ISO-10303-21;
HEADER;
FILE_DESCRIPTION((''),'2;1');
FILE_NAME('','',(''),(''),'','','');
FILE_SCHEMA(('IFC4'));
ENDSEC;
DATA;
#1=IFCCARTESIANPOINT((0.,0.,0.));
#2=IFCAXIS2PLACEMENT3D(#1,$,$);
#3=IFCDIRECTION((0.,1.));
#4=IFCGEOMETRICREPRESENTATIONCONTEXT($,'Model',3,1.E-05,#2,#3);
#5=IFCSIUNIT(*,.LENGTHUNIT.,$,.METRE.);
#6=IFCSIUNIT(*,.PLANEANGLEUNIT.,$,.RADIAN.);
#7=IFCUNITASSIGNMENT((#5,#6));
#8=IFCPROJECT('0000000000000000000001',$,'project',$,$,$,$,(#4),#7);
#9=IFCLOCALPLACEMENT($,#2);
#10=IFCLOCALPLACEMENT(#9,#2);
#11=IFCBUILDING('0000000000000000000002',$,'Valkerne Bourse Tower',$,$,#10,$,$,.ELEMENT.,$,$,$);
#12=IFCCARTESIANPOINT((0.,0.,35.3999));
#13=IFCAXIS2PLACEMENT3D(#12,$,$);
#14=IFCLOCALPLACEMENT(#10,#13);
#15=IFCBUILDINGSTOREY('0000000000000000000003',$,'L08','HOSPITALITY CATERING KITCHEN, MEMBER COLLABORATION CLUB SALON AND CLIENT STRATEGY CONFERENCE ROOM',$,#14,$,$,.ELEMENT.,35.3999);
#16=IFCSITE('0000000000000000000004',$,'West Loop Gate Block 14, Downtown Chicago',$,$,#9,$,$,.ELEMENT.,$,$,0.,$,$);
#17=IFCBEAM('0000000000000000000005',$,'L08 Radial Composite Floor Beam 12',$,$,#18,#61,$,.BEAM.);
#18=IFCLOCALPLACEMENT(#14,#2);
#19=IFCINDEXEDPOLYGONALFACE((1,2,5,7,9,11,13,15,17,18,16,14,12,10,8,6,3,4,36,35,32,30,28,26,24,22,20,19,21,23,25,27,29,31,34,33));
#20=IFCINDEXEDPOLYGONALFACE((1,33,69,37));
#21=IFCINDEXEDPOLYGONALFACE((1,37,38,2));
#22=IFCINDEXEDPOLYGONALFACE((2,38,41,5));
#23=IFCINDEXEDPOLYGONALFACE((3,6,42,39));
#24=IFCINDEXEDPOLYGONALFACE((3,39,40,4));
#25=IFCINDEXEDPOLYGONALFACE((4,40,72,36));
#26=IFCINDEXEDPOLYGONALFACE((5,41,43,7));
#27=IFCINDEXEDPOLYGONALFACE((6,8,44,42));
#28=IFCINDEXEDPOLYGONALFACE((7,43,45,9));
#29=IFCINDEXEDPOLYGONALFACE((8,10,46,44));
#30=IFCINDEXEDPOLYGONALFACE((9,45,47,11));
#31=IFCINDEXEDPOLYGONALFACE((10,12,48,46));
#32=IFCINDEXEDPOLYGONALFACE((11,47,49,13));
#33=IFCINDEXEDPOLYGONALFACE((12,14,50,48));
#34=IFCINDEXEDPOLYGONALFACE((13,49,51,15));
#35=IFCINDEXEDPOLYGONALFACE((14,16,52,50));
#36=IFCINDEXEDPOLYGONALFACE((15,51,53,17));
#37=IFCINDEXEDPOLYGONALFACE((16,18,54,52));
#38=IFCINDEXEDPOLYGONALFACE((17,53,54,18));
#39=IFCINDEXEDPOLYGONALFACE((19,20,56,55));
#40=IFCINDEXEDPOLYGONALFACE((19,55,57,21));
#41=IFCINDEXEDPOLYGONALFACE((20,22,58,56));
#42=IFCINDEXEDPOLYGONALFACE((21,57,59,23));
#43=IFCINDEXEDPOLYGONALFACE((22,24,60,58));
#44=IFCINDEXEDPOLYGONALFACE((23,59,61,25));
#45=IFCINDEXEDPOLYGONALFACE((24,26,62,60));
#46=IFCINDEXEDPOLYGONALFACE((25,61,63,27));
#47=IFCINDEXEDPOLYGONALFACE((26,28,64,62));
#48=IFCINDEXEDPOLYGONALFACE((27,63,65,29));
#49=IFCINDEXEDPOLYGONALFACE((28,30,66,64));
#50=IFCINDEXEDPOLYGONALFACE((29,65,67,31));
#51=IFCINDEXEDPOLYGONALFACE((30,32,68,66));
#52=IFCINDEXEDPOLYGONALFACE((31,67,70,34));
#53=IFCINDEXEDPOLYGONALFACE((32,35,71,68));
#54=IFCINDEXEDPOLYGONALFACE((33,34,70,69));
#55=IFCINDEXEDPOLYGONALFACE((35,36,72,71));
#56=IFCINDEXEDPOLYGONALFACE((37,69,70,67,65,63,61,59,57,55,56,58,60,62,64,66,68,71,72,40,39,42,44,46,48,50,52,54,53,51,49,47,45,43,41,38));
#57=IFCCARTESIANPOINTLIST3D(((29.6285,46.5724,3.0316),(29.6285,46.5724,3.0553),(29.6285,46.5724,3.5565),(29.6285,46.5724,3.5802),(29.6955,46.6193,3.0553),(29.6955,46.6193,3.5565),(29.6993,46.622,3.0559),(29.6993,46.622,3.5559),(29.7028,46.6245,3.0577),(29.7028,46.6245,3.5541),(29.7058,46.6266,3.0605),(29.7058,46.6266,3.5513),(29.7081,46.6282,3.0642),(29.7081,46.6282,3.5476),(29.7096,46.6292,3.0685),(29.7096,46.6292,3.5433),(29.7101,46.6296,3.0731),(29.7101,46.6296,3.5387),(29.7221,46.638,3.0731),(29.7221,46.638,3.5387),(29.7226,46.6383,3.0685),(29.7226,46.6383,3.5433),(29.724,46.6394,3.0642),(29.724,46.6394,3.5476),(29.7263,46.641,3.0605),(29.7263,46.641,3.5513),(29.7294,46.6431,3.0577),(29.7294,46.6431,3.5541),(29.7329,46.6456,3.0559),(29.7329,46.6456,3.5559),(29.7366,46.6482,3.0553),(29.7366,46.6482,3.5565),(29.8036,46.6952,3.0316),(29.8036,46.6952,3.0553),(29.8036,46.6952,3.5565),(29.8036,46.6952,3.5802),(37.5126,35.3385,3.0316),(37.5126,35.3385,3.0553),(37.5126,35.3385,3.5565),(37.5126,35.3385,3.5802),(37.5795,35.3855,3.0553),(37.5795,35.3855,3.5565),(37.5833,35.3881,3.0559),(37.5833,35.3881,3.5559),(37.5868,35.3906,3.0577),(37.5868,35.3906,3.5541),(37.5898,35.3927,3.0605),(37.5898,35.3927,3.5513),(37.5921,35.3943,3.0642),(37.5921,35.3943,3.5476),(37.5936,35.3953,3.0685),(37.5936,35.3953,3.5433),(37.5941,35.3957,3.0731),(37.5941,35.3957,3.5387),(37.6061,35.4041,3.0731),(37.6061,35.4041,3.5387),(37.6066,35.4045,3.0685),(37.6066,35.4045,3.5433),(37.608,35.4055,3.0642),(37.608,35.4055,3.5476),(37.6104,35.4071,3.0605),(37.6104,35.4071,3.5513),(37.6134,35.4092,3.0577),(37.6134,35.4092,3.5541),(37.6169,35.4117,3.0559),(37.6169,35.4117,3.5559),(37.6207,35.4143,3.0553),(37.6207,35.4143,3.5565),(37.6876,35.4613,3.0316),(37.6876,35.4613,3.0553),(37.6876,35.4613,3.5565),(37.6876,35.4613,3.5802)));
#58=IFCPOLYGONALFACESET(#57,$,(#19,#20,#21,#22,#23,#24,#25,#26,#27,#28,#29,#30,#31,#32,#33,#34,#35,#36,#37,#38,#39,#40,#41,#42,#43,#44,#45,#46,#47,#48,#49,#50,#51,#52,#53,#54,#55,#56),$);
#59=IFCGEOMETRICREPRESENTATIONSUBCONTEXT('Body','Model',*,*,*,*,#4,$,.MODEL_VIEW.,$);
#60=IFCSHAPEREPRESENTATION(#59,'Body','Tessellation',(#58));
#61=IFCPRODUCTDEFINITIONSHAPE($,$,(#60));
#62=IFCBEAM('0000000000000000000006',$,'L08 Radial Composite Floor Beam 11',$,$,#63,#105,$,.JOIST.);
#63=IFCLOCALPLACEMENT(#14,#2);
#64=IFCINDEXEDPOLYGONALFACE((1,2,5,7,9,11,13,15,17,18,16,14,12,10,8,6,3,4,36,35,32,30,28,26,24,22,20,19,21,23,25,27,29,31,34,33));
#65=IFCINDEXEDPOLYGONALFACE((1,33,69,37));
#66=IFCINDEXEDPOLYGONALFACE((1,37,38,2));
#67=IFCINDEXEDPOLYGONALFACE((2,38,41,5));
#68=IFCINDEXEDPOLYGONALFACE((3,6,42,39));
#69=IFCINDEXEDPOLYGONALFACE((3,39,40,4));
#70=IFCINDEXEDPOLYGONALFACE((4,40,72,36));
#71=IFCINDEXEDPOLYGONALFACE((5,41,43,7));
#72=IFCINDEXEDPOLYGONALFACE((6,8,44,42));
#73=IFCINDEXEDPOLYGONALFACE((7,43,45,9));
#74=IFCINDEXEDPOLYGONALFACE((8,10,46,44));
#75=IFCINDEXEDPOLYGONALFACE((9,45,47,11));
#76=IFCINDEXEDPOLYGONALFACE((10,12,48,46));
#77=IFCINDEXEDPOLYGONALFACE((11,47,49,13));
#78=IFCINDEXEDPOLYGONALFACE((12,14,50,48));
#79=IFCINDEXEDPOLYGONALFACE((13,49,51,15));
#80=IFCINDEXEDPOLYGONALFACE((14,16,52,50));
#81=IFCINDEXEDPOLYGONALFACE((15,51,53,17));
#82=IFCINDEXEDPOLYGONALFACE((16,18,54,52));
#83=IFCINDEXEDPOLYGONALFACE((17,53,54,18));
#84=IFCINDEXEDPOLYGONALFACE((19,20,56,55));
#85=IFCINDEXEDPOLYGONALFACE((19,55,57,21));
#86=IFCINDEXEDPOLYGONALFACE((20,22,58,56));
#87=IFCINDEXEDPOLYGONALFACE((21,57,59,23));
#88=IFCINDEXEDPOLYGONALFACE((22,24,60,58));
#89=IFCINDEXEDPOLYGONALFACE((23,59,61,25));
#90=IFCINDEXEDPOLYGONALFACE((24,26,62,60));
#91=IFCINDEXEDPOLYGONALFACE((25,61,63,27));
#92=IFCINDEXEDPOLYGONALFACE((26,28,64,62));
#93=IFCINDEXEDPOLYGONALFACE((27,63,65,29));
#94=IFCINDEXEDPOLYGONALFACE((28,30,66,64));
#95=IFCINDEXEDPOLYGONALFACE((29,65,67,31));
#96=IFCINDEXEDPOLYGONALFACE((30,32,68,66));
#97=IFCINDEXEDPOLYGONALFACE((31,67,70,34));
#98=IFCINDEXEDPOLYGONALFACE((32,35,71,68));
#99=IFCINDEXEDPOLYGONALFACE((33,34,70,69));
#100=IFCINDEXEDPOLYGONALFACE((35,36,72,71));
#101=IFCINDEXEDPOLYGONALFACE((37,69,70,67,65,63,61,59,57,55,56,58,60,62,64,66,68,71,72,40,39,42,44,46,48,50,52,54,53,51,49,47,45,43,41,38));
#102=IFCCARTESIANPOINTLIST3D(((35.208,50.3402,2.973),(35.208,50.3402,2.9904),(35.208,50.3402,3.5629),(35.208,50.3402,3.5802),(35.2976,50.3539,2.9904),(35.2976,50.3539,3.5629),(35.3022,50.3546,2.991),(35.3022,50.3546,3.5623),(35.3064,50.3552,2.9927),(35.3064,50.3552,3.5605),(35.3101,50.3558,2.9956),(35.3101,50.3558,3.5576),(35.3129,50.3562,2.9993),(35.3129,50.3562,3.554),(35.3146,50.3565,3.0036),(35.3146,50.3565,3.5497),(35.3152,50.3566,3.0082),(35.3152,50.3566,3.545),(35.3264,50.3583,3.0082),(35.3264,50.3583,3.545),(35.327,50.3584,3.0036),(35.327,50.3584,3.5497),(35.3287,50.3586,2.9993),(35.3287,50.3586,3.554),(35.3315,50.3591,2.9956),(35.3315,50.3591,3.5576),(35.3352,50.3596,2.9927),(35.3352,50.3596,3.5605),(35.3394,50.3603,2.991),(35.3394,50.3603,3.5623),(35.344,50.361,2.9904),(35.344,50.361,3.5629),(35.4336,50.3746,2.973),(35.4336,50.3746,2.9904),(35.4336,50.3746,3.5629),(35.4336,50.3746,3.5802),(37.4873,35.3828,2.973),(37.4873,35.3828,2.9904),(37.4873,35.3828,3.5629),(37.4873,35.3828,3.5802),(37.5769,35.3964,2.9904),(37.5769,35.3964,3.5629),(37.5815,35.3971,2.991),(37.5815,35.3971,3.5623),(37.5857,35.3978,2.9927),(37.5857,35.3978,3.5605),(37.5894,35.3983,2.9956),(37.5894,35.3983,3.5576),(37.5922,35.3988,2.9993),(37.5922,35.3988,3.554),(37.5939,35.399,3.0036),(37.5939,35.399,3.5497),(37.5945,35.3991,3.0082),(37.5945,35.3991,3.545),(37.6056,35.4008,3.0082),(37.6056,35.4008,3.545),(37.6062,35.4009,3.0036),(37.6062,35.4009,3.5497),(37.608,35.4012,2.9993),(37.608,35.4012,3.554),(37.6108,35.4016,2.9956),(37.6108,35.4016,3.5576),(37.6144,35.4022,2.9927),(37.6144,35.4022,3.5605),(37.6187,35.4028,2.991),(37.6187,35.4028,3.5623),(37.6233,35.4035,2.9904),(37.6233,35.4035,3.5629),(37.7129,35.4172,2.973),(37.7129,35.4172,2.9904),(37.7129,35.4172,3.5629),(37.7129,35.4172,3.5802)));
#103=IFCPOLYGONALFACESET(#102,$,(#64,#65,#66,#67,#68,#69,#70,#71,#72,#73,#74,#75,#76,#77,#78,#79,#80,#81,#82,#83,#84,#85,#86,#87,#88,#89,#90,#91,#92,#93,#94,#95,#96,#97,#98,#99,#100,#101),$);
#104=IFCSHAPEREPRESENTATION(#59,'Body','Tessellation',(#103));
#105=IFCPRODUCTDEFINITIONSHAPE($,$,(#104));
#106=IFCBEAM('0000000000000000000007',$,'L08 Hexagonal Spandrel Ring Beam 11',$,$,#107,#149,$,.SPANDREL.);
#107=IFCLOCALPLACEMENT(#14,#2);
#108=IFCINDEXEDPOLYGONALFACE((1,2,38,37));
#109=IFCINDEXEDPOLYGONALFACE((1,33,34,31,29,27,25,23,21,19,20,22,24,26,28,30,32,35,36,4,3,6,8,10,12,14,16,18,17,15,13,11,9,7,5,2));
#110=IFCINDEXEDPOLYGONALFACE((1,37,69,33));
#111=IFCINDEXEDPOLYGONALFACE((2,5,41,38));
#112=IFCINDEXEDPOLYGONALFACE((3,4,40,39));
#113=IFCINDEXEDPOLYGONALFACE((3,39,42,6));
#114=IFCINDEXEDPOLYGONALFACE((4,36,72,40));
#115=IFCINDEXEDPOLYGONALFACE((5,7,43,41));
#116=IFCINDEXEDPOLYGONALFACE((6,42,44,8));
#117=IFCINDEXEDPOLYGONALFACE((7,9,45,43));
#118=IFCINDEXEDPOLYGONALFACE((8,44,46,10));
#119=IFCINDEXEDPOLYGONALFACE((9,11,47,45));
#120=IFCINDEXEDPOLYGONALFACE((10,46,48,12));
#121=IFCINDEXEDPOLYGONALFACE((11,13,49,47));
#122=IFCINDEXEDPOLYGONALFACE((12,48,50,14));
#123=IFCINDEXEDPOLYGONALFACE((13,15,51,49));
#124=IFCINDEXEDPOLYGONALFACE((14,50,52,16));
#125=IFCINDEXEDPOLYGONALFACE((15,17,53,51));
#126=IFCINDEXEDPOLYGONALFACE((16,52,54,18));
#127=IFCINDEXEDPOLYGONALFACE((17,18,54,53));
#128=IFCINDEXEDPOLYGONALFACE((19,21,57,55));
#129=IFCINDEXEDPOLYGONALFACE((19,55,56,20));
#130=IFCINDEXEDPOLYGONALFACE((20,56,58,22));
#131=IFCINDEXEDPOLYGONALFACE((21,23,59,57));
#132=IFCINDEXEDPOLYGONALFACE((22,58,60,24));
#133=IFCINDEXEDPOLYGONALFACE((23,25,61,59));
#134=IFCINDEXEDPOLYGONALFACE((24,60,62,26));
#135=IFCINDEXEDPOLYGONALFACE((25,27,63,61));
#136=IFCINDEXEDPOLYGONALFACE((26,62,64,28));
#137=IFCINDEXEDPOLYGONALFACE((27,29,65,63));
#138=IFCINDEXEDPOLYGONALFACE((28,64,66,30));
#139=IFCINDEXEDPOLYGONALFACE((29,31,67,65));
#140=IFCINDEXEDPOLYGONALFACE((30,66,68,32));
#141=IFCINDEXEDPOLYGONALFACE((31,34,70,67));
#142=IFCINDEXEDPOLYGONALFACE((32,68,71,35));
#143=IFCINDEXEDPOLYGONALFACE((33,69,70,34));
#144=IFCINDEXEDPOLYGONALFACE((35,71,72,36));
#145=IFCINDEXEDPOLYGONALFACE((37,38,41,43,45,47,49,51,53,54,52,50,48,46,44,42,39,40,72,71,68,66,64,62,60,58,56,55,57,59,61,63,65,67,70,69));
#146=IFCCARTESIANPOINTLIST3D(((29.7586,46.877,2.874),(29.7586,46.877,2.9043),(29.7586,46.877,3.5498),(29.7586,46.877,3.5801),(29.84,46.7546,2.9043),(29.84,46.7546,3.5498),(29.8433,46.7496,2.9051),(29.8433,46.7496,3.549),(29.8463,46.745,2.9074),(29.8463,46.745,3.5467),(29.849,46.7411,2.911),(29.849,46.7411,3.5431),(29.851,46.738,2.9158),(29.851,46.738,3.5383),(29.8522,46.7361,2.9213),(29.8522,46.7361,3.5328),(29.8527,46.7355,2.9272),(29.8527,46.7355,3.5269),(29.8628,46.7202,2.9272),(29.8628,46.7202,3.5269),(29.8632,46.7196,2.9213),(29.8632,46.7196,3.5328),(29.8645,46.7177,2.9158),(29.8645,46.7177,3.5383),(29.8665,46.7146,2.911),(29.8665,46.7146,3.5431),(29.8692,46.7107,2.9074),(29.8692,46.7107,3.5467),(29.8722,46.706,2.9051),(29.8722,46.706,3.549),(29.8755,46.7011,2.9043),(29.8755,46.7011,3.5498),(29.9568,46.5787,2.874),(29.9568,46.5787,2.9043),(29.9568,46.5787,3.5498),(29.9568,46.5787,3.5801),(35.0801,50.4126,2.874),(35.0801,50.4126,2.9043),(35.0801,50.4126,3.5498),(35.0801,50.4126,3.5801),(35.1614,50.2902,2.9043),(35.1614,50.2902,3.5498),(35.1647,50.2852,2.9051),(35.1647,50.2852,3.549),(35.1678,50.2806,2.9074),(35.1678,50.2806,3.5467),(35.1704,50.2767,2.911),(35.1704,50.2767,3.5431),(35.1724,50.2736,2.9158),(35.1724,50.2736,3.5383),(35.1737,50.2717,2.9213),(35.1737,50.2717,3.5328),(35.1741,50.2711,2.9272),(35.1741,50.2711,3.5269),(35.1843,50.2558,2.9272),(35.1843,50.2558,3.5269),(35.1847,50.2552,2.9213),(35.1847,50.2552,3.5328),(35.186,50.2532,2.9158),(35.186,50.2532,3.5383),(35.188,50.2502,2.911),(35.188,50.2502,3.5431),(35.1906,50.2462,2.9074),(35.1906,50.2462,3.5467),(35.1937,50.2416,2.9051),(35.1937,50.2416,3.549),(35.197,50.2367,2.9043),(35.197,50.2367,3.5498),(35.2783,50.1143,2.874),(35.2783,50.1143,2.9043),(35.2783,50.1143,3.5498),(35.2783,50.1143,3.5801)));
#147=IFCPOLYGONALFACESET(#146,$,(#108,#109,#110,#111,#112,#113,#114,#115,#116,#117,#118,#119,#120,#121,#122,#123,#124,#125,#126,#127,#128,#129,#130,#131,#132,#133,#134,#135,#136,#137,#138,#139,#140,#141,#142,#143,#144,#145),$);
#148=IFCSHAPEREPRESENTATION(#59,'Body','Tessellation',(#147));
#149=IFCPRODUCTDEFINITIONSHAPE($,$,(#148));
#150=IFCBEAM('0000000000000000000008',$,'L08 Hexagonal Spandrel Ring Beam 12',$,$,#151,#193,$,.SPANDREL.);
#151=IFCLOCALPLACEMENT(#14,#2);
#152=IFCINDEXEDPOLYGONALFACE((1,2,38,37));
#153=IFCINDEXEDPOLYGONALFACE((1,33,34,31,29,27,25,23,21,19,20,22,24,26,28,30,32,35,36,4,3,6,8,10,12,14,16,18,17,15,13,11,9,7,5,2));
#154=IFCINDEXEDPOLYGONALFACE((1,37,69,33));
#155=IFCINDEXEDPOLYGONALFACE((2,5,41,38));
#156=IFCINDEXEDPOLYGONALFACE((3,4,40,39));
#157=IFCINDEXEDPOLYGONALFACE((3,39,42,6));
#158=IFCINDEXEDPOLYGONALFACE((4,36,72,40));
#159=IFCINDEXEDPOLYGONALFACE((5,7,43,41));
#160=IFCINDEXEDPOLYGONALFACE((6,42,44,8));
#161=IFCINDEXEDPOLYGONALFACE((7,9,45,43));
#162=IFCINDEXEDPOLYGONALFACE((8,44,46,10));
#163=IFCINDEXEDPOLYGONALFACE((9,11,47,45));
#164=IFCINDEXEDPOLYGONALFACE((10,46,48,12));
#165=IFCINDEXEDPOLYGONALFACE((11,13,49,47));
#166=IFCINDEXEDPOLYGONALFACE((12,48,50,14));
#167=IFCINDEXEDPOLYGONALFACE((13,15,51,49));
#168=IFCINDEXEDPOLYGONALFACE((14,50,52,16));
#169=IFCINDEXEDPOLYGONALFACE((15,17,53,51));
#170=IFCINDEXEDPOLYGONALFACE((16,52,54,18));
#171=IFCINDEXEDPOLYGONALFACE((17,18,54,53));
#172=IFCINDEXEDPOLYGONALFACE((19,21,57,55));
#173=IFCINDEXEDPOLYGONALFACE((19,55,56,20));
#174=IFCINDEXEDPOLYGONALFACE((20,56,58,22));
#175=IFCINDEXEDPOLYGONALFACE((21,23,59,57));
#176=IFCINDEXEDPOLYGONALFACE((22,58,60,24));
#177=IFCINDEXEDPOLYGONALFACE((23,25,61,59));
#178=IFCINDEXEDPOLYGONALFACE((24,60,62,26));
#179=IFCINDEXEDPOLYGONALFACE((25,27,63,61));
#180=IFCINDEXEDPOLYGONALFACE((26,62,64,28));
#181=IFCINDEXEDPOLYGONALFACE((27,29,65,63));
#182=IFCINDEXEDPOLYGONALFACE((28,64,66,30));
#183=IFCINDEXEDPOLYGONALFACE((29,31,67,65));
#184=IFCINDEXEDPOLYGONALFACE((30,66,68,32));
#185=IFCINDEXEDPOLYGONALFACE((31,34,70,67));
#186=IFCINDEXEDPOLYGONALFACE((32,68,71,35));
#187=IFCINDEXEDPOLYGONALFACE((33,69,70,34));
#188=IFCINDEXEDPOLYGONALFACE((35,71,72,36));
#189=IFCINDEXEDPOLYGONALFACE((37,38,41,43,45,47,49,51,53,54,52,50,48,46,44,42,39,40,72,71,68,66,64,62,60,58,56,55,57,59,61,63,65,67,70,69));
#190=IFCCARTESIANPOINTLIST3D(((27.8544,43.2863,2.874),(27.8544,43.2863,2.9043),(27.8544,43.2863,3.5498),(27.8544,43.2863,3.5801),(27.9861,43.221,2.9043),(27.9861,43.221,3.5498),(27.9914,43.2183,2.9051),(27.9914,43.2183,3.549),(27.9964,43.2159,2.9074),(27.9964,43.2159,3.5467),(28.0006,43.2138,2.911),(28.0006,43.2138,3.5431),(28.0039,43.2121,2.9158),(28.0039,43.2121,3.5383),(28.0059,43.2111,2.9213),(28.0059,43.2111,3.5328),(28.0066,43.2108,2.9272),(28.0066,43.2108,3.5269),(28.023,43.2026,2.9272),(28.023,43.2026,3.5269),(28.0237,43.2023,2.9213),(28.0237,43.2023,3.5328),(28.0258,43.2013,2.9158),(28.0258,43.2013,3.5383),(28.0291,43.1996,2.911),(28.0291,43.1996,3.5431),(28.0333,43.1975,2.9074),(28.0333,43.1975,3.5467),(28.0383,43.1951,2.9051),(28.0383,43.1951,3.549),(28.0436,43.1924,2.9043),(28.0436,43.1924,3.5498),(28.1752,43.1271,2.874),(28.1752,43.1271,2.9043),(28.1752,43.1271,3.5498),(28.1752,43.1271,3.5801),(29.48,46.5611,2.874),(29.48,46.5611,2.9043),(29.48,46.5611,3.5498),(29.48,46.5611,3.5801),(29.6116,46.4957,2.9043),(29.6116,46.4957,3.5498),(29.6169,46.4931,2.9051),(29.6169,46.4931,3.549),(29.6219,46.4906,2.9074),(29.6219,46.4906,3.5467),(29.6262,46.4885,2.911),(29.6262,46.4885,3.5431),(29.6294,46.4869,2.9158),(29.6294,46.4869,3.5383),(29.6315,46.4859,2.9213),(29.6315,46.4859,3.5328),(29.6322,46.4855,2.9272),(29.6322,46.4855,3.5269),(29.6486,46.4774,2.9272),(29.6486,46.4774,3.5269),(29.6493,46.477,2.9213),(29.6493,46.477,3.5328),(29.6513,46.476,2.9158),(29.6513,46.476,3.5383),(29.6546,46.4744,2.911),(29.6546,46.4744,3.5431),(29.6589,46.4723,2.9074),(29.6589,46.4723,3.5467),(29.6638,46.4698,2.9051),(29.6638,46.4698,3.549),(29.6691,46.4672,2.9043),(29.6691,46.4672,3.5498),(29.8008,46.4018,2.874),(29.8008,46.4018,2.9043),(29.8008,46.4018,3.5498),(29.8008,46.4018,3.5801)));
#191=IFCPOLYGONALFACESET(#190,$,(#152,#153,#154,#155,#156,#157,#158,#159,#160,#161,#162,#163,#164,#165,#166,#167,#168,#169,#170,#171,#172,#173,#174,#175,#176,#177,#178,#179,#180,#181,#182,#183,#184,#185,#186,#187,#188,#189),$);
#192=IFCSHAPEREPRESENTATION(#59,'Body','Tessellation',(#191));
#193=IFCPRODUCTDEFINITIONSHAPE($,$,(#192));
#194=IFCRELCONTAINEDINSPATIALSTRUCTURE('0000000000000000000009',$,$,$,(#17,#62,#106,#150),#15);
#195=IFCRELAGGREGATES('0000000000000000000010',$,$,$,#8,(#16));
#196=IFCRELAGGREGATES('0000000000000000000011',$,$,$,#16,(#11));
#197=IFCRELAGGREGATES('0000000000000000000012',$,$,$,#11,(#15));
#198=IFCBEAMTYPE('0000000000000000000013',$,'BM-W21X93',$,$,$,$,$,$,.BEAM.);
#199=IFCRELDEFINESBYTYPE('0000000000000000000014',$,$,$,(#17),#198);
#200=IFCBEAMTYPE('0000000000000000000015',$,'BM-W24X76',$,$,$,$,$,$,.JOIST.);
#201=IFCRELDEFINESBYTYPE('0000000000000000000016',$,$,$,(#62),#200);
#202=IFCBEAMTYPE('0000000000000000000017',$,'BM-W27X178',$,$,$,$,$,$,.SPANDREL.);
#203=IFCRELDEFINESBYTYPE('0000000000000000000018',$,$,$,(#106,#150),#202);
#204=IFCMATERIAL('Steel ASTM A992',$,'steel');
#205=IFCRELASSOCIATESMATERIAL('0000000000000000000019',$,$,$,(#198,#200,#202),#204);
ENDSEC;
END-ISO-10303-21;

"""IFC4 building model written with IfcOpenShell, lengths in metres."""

from ifc_helpers import new_model, si_unit, direction, frame, origin, origin_2d, place, context, subcontext, project, spatial, i_section, extrude, material, material_profile, profile_set, type_object, element, save


model = new_model("IFC4")

# Units and contexts
model_context = context("Model", 3, precision=1e-05, world=origin(), true_north=direction((0.0, 1.0)))
body_context = subcontext(model_context, "Body", "Model", "MODEL_VIEW")
ifc_project = project(units=[si_unit("LENGTHUNIT", "METRE"), si_unit("PLANEANGLEUNIT", "RADIAN")], contexts=[model_context])

# Site, building, storey
site_placement = place(None, origin())
site = spatial("IfcSite", under=ifc_project, at=site_placement, Name="West Loop Gate Block 14, Downtown Chicago", CompositionType="ELEMENT", RefElevation=0.0)
building_placement = place(site_placement, origin())
building = spatial("IfcBuilding", under=site, at=building_placement, Name="Valkerne Bourse Tower", CompositionType="ELEMENT")
storey_placement = place(building_placement, frame((0.0, 0.0, 35.3999)))
storey = spatial("IfcBuildingStorey", under=building, at=storey_placement, Name="L08", Description="HOSPITALITY CATERING KITCHEN, MEMBER COLLABORATION CLUB SALON AND CLIENT STRATEGY CONFERENCE ROOM", CompositionType="ELEMENT", Elevation=35.3999)

# Beams
ifc_material_1 = material(Name="Steel ASTM A992", Category="steel")
ifc_material_profile_1 = material_profile(ifc_material_1, i_section(OverallWidth=0.2139, OverallDepth=0.5486, WebThickness=0.0146, FlangeThickness=0.0237, FilletRadius=0.0178, at=origin_2d()), Name="W21X93")
ifc_profile_set_1 = profile_set([ifc_material_profile_1], Name="Steel ASTM A992")
beam_type_1 = type_object("IfcBeamType", Name="BM-W21X93", PredefinedType="BEAM", material=ifc_profile_set_1)
beam_1_placement = place(storey_placement, frame((29.7161, 46.6338, 3.3059), z_axis=(0.574455, -0.818536, 0.0), x_axis=(0.818536, 0.574455, 0.0)))
element("IfcBeam", 1, at=beam_1_placement, inside=storey, type_object=beam_type_1, Name="L08 Radial Composite Floor Beam 12", PredefinedType="BEAM", context=body_context, shape_type="SweptSolid", body=[
    extrude(i_section(OverallWidth=0.2139, OverallDepth=0.5486, WebThickness=0.0146, FlangeThickness=0.0237, FilletRadius=0.0178, at=origin_2d()), origin(), (0.0, 0.0, 1.0), 13.7244),
])
ifc_material_profile_2 = material_profile(ifc_material_1, i_section(OverallWidth=0.2283, OverallDepth=0.6072, WebThickness=0.0112, FlangeThickness=0.0173, FilletRadius=0.0178, at=origin_2d()), Name="W24X76")
ifc_profile_set_2 = profile_set([ifc_material_profile_2], Name="Steel ASTM A992")
beam_type_2 = type_object("IfcBeamType", Name="BM-W24X76", PredefinedType="JOIST", material=ifc_profile_set_2)
beam_2_placement = place(storey_placement, frame((35.3208, 50.3574, 3.2766), z_axis=(0.150646, -0.988588, 0.0), x_axis=(0.988588, 0.150646, 0.0)))
element("IfcBeam", 2, at=beam_2_placement, inside=storey, type_object=beam_type_2, Name="L08 Radial Composite Floor Beam 11", PredefinedType="JOIST", context=body_context, shape_type="SweptSolid", body=[
    extrude(i_section(OverallWidth=0.2283, OverallDepth=0.6072, WebThickness=0.0112, FlangeThickness=0.0173, FilletRadius=0.0178, at=origin_2d()), origin(), (0.0, 0.0, 1.0), 15.1301),
])
ifc_material_profile_3 = material_profile(ifc_material_1, i_section(OverallWidth=0.3582, OverallDepth=0.7061, WebThickness=0.0183, FlangeThickness=0.0303, FilletRadius=0.0229, at=origin_2d()), Name="W27X178")
ifc_profile_set_3 = profile_set([ifc_material_profile_3], Name="Steel ASTM A992")
beam_type_3 = type_object("IfcBeamType", Name="BM-W27X178", PredefinedType="SPANDREL", material=ifc_profile_set_3)
beam_3_placement = place(storey_placement, frame((35.1792, 50.2634, 3.2271), z_axis=(-0.832919, -0.553394, 0.0), x_axis=(0.553394, -0.832919, 0.0)))
element("IfcBeam", 3, at=beam_3_placement, inside=storey, type_object=beam_type_3, Name="L08 Hexagonal Spandrel Ring Beam 11", PredefinedType="SPANDREL", context=body_context, shape_type="SweptSolid", body=[
    extrude(i_section(OverallWidth=0.3582, OverallDepth=0.7061, WebThickness=0.0183, FlangeThickness=0.0303, FilletRadius=0.0229, at=origin_2d()), origin(), (0.0, 0.0, 1.0), 6.3889),
])
for number, where, z_axis, x_axis, name in (
    (4, (29.6404, 46.4814, 3.2271), (-0.444621, -0.895719, 0.0), (0.895719, -0.444621, 0.0), "L08 Hexagonal Spandrel Ring Beam 12"),
):
    element("IfcBeam", number, at=place(storey_placement, frame(where, z_axis=z_axis, x_axis=x_axis)), inside=storey, type_object=beam_type_3, Name=name, PredefinedType="SPANDREL", context=body_context, shape_type="SweptSolid", body=[
        extrude(i_section(OverallWidth=0.3582, OverallDepth=0.7061, WebThickness=0.0183, FlangeThickness=0.0303, FilletRadius=0.0229, at=origin_2d()), origin(), (0.0, 0.0, 1.0), 3.656),
    ])

save(model, "model.ifc")
